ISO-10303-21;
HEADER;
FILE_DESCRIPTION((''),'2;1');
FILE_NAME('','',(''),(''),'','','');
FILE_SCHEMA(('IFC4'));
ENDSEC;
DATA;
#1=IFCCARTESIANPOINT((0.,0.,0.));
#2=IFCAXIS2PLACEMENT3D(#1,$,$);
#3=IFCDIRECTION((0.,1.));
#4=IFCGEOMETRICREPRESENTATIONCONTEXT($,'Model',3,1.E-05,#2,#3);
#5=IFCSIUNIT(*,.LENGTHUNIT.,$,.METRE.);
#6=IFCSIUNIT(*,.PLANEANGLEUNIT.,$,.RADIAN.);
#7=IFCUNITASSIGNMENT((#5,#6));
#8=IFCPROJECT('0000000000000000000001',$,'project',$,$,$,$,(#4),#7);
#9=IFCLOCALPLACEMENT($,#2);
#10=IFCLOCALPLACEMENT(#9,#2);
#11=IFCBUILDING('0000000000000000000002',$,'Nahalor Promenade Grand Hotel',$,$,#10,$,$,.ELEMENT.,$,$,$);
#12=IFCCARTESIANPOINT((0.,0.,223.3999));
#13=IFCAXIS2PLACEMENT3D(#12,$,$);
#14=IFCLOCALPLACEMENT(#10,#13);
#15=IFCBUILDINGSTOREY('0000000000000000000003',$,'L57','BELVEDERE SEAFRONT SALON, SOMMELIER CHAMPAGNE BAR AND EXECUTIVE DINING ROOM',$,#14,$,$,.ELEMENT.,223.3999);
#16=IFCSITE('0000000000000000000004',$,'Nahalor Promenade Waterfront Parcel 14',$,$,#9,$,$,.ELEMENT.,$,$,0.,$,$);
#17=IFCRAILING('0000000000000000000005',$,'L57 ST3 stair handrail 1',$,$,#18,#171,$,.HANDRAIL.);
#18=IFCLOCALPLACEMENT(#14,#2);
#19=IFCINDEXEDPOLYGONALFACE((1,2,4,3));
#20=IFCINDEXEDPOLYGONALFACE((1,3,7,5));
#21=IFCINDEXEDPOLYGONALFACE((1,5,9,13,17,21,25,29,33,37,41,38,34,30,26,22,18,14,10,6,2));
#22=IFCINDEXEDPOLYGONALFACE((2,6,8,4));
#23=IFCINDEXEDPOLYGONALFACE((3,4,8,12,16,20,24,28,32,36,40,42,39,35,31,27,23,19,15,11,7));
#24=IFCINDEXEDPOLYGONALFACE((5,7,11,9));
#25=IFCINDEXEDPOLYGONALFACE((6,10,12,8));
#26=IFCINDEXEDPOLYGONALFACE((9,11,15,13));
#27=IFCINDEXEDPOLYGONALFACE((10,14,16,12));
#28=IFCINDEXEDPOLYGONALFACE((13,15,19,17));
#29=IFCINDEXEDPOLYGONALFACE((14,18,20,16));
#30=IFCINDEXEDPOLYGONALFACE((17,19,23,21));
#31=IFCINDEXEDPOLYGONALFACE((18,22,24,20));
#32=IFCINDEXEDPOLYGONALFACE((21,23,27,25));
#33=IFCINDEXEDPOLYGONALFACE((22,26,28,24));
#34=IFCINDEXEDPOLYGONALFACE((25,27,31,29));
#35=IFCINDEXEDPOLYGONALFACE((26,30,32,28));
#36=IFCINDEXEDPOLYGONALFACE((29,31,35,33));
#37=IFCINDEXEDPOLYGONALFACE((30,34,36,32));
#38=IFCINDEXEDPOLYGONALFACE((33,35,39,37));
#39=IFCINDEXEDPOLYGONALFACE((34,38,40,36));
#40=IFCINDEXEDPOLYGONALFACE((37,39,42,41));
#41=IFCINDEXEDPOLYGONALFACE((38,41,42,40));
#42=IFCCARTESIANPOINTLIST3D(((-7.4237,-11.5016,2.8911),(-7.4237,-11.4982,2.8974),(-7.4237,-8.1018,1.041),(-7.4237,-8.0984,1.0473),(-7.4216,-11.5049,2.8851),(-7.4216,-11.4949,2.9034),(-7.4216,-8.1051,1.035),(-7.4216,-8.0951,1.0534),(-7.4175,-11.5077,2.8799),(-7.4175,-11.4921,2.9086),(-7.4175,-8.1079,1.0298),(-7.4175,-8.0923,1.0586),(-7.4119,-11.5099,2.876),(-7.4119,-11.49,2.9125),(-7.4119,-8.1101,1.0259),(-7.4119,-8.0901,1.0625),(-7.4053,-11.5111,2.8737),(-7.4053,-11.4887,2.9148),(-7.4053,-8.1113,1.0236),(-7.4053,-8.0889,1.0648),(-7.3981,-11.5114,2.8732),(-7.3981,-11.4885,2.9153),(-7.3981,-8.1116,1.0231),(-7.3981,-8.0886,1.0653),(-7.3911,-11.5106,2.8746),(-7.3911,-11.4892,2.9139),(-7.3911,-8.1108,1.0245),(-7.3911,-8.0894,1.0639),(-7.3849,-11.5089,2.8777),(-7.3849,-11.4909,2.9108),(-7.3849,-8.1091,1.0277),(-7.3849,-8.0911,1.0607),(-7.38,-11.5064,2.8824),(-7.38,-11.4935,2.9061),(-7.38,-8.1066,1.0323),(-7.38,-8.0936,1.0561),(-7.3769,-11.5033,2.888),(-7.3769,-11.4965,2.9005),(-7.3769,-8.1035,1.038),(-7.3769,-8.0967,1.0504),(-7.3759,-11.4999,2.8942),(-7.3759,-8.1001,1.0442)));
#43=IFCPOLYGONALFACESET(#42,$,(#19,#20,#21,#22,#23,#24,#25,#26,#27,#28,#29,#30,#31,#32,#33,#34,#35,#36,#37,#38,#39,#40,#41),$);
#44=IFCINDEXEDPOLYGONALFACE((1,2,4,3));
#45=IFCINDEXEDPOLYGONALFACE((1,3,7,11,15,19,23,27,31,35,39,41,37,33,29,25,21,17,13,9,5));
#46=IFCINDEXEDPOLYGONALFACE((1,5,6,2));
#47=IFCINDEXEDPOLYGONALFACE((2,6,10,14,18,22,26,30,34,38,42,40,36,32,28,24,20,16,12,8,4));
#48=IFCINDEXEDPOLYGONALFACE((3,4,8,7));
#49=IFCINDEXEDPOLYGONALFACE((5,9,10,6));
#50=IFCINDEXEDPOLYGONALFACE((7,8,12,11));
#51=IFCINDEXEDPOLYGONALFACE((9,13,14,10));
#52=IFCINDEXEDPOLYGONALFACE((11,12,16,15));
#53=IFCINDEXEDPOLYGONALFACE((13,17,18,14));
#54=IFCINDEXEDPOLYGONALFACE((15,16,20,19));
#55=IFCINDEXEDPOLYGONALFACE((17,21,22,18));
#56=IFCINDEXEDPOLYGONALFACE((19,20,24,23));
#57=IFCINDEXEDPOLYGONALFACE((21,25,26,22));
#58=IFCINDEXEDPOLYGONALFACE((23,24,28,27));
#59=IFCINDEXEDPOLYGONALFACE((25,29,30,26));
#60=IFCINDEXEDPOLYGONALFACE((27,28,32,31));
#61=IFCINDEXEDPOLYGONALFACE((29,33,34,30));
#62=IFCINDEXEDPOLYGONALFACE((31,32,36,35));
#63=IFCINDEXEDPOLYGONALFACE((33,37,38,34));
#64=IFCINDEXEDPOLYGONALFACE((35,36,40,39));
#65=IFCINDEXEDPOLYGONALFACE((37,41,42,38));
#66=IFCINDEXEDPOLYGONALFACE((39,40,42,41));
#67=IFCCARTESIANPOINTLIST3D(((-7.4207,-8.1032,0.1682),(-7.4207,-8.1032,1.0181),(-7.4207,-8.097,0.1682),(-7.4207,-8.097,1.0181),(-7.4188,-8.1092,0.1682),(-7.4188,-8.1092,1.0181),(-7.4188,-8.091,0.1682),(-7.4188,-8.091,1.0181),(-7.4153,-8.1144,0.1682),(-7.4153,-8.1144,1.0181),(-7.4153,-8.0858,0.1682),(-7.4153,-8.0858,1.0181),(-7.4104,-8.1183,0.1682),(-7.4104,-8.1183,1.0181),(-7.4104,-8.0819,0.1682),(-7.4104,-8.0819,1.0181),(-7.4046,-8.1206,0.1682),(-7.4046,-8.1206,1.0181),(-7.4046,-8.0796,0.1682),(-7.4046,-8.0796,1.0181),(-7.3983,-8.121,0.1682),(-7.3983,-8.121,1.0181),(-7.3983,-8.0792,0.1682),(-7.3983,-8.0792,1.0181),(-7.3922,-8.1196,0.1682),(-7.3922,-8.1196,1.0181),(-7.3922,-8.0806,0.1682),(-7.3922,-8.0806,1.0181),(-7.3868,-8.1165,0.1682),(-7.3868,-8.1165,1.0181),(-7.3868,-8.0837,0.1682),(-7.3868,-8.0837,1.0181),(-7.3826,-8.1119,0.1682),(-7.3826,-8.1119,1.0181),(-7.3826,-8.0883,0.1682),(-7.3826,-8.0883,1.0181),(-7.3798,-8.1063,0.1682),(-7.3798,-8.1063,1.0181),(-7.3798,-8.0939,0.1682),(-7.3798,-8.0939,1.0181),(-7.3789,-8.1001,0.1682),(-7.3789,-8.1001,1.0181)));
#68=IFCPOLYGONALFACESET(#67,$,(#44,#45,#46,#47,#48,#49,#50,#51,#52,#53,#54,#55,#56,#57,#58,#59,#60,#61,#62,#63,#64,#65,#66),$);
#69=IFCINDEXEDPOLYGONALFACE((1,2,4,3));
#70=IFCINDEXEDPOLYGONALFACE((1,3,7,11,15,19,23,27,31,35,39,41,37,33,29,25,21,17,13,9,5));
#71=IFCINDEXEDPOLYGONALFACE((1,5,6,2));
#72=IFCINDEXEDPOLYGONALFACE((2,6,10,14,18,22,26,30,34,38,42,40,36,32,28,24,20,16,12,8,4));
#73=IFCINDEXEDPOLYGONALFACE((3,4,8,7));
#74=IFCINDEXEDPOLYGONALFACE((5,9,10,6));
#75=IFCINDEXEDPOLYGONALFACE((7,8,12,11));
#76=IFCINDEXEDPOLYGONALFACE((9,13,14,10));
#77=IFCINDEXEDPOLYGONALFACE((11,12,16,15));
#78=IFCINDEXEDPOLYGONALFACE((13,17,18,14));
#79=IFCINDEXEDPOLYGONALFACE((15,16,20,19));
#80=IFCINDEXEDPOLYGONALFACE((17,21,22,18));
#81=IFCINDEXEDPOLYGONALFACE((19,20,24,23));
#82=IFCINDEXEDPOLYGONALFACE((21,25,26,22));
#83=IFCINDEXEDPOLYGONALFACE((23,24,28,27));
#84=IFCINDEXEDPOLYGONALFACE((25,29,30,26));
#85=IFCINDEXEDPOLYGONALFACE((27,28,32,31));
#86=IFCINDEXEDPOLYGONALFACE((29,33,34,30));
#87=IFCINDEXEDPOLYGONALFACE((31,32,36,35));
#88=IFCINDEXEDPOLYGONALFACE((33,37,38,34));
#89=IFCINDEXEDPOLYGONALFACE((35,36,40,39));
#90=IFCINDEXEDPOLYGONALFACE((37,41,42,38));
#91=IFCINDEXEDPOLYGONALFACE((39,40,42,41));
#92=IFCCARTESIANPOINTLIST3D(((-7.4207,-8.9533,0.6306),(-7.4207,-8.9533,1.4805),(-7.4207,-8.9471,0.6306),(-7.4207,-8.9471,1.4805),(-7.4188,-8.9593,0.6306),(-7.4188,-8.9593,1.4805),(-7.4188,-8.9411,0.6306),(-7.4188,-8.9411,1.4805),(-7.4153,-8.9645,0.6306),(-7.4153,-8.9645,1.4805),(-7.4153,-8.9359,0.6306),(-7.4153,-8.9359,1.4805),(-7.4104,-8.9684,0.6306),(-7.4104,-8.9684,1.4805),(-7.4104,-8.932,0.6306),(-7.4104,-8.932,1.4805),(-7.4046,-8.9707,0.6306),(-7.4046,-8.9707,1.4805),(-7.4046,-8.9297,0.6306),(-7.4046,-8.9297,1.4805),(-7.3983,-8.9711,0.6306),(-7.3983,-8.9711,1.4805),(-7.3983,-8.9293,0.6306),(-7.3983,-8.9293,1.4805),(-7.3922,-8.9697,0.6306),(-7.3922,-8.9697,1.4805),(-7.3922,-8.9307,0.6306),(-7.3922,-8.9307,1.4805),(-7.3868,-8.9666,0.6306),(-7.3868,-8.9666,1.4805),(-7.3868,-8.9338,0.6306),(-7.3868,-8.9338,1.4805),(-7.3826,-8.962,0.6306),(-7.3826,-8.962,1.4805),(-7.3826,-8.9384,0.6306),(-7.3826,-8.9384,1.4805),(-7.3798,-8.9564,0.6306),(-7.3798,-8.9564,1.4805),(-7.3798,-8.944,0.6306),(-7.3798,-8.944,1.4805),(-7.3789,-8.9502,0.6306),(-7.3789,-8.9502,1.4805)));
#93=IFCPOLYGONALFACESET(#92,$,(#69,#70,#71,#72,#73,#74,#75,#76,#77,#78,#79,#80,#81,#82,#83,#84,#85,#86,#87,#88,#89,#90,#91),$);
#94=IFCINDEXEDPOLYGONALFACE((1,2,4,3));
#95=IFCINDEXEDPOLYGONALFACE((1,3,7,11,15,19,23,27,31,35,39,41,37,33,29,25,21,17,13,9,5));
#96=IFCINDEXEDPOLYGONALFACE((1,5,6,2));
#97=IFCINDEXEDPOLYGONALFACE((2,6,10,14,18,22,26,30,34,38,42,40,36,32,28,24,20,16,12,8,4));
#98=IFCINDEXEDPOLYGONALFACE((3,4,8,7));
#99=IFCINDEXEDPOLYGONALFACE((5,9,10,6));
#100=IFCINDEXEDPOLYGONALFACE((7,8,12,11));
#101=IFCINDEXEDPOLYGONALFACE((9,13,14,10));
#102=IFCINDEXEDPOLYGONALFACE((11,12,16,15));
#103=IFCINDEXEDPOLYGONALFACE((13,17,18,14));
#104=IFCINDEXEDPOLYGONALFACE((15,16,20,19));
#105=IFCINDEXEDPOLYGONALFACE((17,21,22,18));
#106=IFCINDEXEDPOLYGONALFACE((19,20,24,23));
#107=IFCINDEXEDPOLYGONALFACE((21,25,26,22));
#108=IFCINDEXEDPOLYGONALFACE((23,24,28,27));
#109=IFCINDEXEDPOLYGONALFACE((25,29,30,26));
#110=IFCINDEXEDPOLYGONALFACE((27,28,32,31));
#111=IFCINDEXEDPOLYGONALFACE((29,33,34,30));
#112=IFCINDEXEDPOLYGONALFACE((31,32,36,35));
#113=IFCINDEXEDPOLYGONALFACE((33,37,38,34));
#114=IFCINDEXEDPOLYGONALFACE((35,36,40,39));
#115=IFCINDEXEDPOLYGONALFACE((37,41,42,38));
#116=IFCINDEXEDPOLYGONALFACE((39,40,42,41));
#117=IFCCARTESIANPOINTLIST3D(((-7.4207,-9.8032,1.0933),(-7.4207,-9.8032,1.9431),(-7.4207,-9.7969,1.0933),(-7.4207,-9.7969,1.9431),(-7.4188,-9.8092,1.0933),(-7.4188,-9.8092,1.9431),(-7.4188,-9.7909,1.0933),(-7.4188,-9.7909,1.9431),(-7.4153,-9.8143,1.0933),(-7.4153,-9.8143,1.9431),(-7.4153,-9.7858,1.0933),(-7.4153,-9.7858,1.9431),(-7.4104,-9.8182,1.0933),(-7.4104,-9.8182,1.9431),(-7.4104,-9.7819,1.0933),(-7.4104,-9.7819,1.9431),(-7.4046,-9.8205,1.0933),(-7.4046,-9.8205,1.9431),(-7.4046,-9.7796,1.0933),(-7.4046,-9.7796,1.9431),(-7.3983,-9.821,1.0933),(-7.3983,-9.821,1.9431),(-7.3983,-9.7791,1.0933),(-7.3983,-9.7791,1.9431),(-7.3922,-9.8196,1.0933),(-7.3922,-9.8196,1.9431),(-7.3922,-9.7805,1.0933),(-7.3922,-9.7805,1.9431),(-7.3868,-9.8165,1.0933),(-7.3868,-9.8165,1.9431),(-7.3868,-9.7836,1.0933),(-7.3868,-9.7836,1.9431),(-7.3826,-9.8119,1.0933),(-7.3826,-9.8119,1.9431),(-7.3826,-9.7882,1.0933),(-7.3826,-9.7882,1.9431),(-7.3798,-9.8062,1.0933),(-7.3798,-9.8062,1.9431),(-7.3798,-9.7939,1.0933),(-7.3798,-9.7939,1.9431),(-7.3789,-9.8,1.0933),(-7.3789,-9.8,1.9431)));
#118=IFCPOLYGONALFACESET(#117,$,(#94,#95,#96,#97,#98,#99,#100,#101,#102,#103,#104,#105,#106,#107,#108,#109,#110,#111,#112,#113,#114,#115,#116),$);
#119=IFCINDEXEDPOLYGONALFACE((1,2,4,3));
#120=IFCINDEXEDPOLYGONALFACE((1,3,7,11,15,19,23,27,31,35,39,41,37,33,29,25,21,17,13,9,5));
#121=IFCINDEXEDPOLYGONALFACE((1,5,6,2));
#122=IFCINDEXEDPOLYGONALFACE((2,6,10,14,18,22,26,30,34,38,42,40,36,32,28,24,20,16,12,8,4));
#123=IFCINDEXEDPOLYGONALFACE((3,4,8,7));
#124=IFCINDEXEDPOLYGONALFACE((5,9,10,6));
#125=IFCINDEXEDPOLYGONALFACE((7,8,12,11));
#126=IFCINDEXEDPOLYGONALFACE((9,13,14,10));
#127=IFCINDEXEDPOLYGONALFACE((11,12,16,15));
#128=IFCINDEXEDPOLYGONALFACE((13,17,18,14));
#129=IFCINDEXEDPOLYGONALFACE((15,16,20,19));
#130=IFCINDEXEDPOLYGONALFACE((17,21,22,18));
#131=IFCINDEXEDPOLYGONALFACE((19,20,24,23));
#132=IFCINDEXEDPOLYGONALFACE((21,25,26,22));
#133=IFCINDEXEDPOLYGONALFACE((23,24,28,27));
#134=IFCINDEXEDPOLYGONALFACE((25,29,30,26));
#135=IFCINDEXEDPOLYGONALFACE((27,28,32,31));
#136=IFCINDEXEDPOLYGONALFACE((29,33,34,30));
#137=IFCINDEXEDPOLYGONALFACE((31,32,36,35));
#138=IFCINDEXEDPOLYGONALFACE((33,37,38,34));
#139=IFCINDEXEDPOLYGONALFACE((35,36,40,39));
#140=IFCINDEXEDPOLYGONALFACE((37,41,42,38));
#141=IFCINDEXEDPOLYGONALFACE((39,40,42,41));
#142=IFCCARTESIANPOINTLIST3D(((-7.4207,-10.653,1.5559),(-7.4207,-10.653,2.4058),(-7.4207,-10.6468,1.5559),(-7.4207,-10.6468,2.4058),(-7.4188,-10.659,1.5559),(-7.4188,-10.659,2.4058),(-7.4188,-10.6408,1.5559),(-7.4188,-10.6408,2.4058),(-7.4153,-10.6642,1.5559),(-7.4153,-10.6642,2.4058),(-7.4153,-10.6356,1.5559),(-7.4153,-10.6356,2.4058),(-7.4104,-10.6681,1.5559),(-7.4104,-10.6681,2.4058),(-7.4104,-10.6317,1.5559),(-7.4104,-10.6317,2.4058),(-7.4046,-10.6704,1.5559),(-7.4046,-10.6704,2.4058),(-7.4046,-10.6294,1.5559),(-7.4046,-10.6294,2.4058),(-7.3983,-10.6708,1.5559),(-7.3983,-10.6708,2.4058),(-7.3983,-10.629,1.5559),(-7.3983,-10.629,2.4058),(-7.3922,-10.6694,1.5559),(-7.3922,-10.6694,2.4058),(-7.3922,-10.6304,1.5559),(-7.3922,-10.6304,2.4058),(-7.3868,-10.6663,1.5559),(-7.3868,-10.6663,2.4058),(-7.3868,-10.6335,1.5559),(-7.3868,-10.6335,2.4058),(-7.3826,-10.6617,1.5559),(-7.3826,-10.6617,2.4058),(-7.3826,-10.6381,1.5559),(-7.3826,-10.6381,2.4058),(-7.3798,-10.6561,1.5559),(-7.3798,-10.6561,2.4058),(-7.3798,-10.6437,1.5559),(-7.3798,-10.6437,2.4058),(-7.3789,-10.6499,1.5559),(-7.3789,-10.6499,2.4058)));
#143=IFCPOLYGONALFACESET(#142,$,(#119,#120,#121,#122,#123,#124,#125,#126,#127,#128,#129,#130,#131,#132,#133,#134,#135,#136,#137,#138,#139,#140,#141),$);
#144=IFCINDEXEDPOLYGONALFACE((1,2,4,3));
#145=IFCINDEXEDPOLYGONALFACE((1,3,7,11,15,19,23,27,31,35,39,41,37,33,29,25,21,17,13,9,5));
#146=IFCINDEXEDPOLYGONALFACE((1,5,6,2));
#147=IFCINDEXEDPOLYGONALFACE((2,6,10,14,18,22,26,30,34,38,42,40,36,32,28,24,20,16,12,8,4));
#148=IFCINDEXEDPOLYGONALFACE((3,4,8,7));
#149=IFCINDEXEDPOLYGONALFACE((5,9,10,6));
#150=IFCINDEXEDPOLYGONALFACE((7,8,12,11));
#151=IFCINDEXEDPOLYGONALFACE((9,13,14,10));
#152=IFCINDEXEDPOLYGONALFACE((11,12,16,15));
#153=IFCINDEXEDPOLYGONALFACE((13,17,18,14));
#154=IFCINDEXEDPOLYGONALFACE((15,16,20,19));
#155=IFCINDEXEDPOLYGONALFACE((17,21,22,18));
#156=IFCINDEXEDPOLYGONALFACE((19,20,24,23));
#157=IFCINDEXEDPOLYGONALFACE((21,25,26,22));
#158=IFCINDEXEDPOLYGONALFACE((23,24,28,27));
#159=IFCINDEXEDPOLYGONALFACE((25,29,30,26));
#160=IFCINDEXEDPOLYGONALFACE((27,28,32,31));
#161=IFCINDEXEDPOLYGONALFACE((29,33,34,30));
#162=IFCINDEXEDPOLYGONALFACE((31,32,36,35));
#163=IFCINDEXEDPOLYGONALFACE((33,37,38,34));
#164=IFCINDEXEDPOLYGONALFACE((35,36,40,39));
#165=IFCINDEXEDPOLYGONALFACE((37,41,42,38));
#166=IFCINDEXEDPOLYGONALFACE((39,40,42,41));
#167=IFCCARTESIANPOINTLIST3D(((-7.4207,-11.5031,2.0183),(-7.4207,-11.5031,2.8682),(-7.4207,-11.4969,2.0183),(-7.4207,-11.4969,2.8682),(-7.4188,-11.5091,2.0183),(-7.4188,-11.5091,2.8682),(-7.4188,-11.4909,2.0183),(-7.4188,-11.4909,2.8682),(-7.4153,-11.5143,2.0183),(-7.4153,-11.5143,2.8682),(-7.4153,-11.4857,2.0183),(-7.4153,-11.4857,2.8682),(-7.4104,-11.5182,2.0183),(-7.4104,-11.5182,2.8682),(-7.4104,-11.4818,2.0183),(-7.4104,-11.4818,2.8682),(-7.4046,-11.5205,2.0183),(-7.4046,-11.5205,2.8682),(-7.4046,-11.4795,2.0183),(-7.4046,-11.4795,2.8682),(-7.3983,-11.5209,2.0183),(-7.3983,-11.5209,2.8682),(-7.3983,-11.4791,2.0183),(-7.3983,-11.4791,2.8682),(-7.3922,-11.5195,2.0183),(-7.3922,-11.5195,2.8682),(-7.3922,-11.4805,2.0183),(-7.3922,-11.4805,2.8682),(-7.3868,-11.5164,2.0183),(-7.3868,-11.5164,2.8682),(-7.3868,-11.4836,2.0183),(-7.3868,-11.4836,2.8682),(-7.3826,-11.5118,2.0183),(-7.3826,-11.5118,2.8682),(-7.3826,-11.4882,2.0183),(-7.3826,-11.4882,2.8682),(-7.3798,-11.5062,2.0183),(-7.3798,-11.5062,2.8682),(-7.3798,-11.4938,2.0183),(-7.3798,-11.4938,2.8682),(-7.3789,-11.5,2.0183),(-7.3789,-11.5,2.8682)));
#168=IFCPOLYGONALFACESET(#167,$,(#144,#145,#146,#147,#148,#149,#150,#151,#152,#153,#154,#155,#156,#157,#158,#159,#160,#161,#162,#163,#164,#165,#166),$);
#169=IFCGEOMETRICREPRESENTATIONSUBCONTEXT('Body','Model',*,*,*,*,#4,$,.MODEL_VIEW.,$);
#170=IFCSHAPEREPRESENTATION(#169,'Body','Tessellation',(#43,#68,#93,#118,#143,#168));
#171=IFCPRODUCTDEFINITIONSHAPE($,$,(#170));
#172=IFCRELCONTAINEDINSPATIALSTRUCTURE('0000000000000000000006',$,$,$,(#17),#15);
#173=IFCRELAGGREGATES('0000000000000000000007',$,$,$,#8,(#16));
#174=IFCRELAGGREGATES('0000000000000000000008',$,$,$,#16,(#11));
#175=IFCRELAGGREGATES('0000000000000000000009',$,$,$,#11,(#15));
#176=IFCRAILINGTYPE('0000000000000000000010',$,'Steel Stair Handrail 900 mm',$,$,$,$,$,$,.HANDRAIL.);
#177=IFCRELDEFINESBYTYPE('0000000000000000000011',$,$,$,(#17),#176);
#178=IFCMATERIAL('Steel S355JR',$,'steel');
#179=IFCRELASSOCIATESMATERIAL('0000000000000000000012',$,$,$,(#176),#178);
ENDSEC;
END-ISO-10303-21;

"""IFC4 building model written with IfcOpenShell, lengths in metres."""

from ifc_helpers import new_model, si_unit, direction, frame, origin, origin_2d, place, context, subcontext, project, spatial, circle, extrude, material, type_object, element, save


model = new_model("IFC4")

# Units and contexts
model_context = context("Model", 3, precision=1e-05, world=origin(), true_north=direction((0.0, 1.0)))
body_context = subcontext(model_context, "Body", "Model", "MODEL_VIEW")
ifc_project = project(units=[si_unit("LENGTHUNIT", "METRE"), si_unit("PLANEANGLEUNIT", "RADIAN")], contexts=[model_context])

# Site, building, storey
site_placement = place(None, origin())
site = spatial("IfcSite", under=ifc_project, at=site_placement, Name="Nahalor Promenade Waterfront Parcel 14", CompositionType="ELEMENT", RefElevation=0.0)
building_placement = place(site_placement, origin())
building = spatial("IfcBuilding", under=site, at=building_placement, Name="Nahalor Promenade Grand Hotel", CompositionType="ELEMENT")
storey_placement = place(building_placement, frame((0.0, 0.0, 223.3999)))
storey = spatial("IfcBuildingStorey", under=building, at=storey_placement, Name="L57", Description="BELVEDERE SEAFRONT SALON, SOMMELIER CHAMPAGNE BAR AND EXECUTIVE DINING ROOM", CompositionType="ELEMENT", Elevation=223.3999)

# Shared definitions
ifc_material_1 = material(Name="Steel S355JR", Category="steel")

# Railing
railing_type_1 = type_object("IfcRailingType", Name="Steel Stair Handrail 900 mm", PredefinedType="HANDRAIL", material=ifc_material_1)
railing_1_placement = place(storey_placement, frame((-7.3999, -8.1001, 0.1682)))
element("IfcRailing", 1, at=railing_1_placement, inside=storey, type_object=railing_type_1, Name="L57 ST3 stair handrail 1", PredefinedType="HANDRAIL", context=body_context, shape_type="SweptSolid", body=[
    extrude(circle(Radius=0.024, at=origin_2d()), frame((0.0, 0.0, 0.876), z_axis=(0.0, -0.878372, 0.477977), x_axis=(1.0, 0.0, 0.0)), (0.0, 0.0, 1.0), 3.8706),
    extrude(circle(Radius=0.021, at=origin_2d()), origin(), (0.0, 0.0, 1.0), 0.8499),
    extrude(circle(Radius=0.021, at=origin_2d()), frame((0.0, -0.8501, 0.4624)), (0.0, 0.0, 1.0), 0.8499),
    extrude(circle(Radius=0.021, at=origin_2d()), frame((0.0, -1.7, 0.925)), (0.0, 0.0, 1.0), 0.8499),
    extrude(circle(Radius=0.021, at=origin_2d()), frame((0.0, -2.5498, 1.3877)), (0.0, 0.0, 1.0), 0.8499),
    extrude(circle(Radius=0.021, at=origin_2d()), frame((0.0, -3.3999, 1.8501)), (0.0, 0.0, 1.0), 0.8499),
])

save(model, "model.ifc")
